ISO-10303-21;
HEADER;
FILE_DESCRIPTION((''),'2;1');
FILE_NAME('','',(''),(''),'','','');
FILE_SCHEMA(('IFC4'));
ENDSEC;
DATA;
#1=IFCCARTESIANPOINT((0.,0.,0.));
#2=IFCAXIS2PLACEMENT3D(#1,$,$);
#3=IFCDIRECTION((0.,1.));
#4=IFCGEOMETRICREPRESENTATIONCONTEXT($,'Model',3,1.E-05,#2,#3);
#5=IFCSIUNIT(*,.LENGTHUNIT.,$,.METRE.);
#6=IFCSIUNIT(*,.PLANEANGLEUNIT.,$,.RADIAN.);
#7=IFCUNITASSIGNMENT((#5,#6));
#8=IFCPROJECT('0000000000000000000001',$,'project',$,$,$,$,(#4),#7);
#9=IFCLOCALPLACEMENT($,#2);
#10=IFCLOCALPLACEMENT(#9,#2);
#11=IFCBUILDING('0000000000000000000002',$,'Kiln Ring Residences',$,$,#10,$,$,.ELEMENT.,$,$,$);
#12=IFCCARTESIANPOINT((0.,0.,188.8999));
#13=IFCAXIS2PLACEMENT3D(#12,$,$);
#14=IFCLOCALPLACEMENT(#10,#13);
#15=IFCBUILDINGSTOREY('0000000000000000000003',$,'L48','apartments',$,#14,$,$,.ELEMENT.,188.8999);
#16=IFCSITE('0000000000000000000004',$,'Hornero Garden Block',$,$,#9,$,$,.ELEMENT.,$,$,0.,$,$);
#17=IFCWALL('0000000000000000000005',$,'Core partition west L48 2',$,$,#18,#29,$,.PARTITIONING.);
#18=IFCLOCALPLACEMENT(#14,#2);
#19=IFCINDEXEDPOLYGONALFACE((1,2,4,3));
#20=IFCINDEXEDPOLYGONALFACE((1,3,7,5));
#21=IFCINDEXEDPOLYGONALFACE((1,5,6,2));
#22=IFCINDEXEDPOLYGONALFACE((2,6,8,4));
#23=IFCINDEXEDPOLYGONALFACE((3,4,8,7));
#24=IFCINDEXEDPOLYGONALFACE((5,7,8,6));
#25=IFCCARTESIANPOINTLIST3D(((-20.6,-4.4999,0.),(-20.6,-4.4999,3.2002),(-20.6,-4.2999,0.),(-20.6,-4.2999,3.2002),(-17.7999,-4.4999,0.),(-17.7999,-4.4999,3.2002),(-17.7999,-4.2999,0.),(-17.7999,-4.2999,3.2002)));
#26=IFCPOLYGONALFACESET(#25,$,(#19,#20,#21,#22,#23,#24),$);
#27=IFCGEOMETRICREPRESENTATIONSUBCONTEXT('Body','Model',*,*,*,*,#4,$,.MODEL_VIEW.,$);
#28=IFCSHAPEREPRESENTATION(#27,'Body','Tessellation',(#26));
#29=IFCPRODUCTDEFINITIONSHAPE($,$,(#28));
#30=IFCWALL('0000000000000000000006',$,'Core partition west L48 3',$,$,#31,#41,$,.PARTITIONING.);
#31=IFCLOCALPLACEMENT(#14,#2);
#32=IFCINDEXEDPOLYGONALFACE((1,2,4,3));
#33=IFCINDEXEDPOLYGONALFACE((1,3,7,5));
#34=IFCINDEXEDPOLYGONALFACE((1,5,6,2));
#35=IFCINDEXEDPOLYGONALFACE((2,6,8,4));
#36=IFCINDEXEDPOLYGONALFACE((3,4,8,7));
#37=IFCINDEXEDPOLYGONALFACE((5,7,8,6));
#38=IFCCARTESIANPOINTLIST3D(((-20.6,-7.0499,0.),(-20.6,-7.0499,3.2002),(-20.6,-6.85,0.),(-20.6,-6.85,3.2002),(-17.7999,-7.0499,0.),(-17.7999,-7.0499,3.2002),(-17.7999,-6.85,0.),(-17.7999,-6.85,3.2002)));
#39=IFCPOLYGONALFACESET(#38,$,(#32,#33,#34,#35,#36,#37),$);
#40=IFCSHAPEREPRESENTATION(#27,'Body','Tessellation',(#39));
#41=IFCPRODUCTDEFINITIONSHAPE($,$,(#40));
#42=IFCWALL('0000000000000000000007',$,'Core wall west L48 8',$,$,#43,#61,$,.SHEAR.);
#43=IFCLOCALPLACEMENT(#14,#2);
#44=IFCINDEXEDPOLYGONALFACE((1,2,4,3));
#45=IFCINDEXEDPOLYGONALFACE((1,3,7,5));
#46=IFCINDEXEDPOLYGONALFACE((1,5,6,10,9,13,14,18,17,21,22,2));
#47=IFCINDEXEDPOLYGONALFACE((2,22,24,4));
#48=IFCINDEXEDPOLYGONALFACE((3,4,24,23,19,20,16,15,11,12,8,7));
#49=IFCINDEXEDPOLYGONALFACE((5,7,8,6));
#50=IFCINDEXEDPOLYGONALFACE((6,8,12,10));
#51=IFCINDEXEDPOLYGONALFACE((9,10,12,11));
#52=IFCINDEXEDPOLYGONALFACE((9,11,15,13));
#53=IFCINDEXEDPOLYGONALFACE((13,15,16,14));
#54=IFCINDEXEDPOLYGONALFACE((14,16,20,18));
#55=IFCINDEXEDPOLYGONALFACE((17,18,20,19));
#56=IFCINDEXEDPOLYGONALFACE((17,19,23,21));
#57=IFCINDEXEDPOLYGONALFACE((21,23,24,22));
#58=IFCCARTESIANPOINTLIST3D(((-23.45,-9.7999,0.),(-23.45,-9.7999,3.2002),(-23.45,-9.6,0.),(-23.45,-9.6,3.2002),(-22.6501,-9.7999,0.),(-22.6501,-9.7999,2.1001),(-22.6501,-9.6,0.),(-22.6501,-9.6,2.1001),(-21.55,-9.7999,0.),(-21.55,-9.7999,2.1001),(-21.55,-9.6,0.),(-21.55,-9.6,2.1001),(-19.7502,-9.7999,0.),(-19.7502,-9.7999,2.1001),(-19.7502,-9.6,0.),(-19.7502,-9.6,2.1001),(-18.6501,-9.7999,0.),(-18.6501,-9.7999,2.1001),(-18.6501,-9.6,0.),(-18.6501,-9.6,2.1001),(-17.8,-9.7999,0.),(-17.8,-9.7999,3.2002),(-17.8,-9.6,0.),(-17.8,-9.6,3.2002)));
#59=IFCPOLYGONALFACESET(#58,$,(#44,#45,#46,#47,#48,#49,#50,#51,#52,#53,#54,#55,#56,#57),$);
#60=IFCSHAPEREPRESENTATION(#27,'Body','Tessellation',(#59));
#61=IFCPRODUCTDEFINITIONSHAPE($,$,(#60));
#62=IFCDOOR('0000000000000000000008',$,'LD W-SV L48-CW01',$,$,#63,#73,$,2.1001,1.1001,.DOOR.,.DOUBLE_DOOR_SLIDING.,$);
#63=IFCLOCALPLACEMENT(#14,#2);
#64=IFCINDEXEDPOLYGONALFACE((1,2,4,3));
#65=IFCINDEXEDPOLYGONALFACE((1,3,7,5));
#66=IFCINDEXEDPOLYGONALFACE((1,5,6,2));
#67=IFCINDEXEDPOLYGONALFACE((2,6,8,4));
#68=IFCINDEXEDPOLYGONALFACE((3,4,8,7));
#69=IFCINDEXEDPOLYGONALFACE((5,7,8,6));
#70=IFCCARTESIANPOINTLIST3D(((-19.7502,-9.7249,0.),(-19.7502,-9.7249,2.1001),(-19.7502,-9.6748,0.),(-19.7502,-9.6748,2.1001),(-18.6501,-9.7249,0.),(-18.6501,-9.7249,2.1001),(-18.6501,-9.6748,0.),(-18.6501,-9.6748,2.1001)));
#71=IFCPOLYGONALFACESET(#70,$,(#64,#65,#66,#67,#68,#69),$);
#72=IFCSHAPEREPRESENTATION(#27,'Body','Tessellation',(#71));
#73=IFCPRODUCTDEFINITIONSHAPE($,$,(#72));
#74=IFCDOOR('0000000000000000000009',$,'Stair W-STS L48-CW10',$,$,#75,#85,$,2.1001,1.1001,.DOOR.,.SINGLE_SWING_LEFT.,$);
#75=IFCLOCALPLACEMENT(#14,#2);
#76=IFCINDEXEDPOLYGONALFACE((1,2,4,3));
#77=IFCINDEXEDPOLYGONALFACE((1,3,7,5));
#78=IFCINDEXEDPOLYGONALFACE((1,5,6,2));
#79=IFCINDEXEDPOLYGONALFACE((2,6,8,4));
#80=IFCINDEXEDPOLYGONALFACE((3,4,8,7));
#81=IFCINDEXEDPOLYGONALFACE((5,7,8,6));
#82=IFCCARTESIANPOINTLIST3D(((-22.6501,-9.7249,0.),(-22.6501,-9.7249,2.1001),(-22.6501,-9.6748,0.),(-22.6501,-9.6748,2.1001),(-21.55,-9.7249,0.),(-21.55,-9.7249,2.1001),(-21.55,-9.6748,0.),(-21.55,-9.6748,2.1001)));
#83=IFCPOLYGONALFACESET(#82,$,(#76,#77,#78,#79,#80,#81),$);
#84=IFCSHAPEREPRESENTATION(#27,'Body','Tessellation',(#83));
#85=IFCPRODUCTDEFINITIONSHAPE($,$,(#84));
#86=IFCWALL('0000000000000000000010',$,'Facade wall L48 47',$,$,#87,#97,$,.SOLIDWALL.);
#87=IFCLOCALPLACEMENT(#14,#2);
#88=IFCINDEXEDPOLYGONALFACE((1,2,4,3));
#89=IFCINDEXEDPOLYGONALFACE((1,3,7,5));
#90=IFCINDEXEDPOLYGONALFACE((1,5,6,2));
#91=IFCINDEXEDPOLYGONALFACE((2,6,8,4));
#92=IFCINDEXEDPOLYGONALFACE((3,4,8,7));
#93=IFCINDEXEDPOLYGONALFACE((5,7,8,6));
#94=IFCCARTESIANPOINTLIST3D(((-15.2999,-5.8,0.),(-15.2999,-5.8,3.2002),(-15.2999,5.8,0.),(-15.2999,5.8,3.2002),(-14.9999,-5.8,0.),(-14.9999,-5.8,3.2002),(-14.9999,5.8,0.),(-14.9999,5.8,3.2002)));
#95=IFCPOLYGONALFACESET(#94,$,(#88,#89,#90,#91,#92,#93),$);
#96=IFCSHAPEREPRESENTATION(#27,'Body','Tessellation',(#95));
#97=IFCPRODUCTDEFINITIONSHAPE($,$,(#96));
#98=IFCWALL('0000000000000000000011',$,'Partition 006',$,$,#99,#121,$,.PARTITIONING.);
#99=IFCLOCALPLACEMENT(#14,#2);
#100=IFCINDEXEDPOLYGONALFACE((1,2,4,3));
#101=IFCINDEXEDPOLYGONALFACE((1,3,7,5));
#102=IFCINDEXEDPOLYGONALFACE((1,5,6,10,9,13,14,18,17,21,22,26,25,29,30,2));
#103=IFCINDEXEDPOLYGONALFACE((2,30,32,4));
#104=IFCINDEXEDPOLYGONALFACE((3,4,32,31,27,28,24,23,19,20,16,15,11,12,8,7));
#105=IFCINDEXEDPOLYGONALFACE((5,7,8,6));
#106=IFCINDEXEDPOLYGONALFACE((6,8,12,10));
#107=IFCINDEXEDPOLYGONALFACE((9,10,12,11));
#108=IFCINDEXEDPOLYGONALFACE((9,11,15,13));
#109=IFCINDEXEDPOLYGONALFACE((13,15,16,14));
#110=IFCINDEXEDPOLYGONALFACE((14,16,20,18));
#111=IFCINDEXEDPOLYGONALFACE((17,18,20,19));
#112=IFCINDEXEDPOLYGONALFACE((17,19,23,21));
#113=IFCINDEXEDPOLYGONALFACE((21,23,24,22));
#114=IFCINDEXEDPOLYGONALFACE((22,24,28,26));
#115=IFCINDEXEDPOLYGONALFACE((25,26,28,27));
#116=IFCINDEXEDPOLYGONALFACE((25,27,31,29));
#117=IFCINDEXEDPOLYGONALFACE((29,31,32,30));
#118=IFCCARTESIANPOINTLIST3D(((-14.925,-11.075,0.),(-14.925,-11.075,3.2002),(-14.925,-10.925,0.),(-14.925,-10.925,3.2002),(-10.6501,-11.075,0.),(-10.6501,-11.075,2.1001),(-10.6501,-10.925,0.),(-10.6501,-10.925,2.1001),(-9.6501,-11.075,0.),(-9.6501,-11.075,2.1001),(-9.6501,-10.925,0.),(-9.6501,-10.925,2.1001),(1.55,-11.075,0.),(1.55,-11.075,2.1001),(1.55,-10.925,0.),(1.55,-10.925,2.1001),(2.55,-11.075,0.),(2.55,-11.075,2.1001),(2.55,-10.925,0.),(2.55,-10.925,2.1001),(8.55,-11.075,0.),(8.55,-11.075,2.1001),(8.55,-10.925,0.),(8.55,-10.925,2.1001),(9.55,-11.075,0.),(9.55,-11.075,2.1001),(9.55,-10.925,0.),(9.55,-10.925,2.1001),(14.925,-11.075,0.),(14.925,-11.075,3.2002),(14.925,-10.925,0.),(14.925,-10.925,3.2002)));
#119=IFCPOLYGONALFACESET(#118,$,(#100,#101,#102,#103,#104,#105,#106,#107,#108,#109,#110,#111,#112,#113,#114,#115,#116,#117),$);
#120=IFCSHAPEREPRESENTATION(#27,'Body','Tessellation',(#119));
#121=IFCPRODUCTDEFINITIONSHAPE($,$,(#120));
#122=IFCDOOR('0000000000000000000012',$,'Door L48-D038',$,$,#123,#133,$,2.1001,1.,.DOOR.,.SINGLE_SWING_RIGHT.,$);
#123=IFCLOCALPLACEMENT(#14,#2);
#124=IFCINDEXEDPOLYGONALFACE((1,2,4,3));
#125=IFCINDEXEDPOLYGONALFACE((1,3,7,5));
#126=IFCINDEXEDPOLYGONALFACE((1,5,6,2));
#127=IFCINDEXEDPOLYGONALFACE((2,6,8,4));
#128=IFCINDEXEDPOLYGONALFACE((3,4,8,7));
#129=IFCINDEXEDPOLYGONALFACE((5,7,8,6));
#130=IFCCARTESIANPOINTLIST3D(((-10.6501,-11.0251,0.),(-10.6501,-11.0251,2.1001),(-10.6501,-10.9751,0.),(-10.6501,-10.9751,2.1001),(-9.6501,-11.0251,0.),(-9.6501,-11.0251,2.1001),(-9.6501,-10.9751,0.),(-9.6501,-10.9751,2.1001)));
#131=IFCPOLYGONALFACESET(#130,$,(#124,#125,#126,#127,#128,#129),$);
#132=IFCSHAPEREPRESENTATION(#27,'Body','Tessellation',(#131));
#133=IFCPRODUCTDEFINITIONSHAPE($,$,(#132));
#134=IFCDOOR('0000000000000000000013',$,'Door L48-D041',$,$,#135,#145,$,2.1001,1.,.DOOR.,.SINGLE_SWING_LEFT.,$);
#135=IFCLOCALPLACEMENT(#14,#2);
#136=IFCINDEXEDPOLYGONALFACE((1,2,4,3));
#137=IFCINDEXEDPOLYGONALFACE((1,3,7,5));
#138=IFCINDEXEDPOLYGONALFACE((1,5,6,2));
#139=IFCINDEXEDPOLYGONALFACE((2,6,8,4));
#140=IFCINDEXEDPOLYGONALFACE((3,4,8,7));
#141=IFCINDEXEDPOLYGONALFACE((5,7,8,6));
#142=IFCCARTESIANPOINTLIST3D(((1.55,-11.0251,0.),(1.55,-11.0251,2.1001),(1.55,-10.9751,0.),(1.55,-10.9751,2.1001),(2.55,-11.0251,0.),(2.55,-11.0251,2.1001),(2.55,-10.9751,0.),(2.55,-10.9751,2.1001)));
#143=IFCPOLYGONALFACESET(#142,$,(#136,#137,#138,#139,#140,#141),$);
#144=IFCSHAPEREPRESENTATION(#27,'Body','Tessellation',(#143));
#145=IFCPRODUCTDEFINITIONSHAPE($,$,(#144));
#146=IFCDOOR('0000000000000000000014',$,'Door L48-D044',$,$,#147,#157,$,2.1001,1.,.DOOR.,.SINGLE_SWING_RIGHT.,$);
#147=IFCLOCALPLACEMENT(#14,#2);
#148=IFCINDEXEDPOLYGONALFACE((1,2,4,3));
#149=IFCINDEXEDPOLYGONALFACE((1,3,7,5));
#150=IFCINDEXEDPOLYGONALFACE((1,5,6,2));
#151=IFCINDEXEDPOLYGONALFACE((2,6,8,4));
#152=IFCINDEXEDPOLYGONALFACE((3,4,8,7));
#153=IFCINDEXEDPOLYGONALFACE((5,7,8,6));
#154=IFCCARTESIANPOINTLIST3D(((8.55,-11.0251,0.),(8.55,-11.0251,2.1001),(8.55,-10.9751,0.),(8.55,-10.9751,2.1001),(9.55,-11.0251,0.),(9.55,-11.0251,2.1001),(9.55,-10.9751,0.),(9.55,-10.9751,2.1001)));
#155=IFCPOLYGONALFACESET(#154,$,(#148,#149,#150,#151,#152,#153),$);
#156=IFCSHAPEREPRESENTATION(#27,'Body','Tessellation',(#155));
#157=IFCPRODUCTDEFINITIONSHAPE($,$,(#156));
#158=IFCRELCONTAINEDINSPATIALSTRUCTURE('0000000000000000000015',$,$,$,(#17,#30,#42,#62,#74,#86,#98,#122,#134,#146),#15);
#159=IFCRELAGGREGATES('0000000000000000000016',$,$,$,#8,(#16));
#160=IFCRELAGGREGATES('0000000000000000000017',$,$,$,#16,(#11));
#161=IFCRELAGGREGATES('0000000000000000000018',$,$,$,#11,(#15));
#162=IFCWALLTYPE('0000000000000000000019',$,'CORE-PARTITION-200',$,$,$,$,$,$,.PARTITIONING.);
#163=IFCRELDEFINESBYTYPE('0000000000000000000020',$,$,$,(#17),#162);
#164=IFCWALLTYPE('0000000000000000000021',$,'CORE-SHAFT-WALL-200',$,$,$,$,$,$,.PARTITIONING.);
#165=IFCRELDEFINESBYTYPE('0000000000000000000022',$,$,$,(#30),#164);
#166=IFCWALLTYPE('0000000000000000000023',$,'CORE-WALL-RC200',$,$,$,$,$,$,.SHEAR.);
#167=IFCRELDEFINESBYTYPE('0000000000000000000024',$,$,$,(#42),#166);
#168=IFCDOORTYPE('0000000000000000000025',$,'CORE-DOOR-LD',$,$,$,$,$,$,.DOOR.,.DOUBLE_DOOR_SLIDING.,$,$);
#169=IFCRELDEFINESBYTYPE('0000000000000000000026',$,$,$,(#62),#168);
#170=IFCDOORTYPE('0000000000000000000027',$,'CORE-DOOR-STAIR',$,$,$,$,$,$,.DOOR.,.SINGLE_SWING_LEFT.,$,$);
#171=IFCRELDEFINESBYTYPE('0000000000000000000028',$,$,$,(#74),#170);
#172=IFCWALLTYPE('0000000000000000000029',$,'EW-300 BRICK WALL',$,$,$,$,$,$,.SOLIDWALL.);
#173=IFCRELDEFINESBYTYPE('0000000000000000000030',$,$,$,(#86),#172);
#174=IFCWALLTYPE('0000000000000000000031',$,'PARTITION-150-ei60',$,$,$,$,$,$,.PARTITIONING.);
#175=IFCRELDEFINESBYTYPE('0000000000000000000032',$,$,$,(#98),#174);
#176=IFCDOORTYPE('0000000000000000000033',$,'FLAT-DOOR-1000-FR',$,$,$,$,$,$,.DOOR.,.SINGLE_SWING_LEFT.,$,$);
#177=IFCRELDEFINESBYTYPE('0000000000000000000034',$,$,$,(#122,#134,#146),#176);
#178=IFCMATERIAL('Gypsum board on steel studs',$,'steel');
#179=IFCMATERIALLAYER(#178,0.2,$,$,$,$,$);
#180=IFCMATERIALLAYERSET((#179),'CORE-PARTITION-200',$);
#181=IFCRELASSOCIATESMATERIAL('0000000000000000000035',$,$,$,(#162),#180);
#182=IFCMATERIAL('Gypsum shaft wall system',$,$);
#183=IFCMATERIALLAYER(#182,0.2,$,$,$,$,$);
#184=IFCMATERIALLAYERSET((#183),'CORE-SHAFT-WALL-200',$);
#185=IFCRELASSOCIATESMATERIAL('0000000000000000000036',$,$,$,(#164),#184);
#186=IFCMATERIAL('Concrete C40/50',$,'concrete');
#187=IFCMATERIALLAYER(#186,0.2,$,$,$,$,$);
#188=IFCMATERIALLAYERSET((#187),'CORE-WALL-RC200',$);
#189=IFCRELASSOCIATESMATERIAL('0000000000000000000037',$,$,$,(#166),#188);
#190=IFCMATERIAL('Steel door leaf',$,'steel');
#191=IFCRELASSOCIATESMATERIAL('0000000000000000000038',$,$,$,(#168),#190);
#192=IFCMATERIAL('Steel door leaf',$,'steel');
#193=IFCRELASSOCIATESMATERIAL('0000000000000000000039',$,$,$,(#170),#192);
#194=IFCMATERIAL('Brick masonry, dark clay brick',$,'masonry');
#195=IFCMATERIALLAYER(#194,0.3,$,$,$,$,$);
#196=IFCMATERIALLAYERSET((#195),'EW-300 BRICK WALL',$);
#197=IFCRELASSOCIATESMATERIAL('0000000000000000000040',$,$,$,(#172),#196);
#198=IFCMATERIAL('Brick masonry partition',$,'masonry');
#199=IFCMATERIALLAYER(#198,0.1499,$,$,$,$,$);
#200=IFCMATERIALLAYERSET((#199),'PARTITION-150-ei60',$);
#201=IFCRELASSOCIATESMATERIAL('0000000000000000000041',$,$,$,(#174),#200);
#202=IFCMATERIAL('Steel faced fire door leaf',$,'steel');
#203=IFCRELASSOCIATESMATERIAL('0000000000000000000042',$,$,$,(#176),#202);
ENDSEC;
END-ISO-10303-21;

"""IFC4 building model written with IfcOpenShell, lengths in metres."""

from ifc_helpers import new_model, si_unit, direction, frame, frame_2d, origin, place, context, subcontext, project, spatial, rectangle, extrude, material, layer, layer_set, type_object, element, fill, save


model = new_model("IFC4")

# Units and contexts
model_context = context("Model", 3, precision=1e-05, world=origin(), true_north=direction((0.0, 1.0)))
body_context = subcontext(model_context, "Body", "Model", "MODEL_VIEW")
ifc_project = project(units=[si_unit("LENGTHUNIT", "METRE"), si_unit("PLANEANGLEUNIT", "RADIAN")], contexts=[model_context])

# Site, building, storey
site_placement = place(None, origin())
site = spatial("IfcSite", under=ifc_project, at=site_placement, Name="Hornero Garden Block", CompositionType="ELEMENT", RefElevation=0.0)
building_placement = place(site_placement, origin())
building = spatial("IfcBuilding", under=site, at=building_placement, Name="Kiln Ring Residences", CompositionType="ELEMENT")
storey_placement = place(building_placement, frame((0.0, 0.0, 188.8999)))
storey = spatial("IfcBuildingStorey", under=building, at=storey_placement, Name="L48", Description="apartments", CompositionType="ELEMENT", Elevation=188.8999)

# Walls
ifc_material_1 = material(Name="Gypsum board on steel studs", Category="steel")
ifc_layer_1 = layer(ifc_material_1, 0.2)
ifc_layer_set_1 = layer_set([ifc_layer_1], Name="CORE-PARTITION-200")
wall_type_1 = type_object("IfcWallType", Name="CORE-PARTITION-200", PredefinedType="PARTITIONING", material=ifc_layer_set_1)
wall_1_placement = place(storey_placement, frame((-17.8, -4.3999, 0.0), z_axis=(0.0, 0.0, 1.0), x_axis=(-1.0, 0.0, 0.0)))
element("IfcWall", 1, at=wall_1_placement, inside=storey, type_object=wall_type_1, Name="Core partition west L48 2", PredefinedType="PARTITIONING", context=body_context, shape_type="SweptSolid", body=[
    extrude(rectangle(XDim=2.8, YDim=0.2, at=frame_2d((1.3999, 0.0))), origin(), (0.0, 0.0, 1.0), 3.2002),
])
ifc_material_2 = material(Name="Gypsum shaft wall system")
ifc_layer_2 = layer(ifc_material_2, 0.2)
ifc_layer_set_2 = layer_set([ifc_layer_2], Name="CORE-SHAFT-WALL-200")
wall_type_2 = type_object("IfcWallType", Name="CORE-SHAFT-WALL-200", PredefinedType="PARTITIONING", material=ifc_layer_set_2)
wall_2_placement = place(storey_placement, frame((-17.8, -6.95, 0.0), z_axis=(0.0, 0.0, 1.0), x_axis=(-1.0, 0.0, 0.0)))
element("IfcWall", 2, at=wall_2_placement, inside=storey, type_object=wall_type_2, Name="Core partition west L48 3", PredefinedType="PARTITIONING", context=body_context, shape_type="SweptSolid", body=[
    extrude(rectangle(XDim=2.8, YDim=0.2, at=frame_2d((1.3999, 0.0))), origin(), (0.0, 0.0, 1.0), 3.2002),
])

# Wall, openings, doors
ifc_material_3 = material(Name="Concrete C40/50", Category="concrete")
ifc_layer_3 = layer(ifc_material_3, 0.2)
ifc_layer_set_3 = layer_set([ifc_layer_3], Name="CORE-WALL-RC200")
wall_type_3 = type_object("IfcWallType", Name="CORE-WALL-RC200", PredefinedType="SHEAR", material=ifc_layer_set_3)
wall_3_placement = place(storey_placement, frame((-17.8, -9.7, 0.0), z_axis=(0.0, 0.0, 1.0), x_axis=(-1.0, 0.0, 0.0)))
wall_3 = element("IfcWall", 3, at=wall_3_placement, inside=storey, type_object=wall_type_3, Name="Core wall west L48 8", PredefinedType="SHEAR", context=body_context, shape_type="SweptSolid", body=[
    extrude(rectangle(XDim=5.6499, YDim=0.2, at=frame_2d((2.825, 0.0))), origin(), (0.0, 0.0, 1.0), 3.2002),
])
opening_1_placement = place(wall_3_placement, frame((0.8501, 0.0, 0.0)))
opening_1 = element("IfcOpeningElement", 4, at=opening_1_placement, cuts=wall_3, PredefinedType="OPENING", context=body_context, shape_type="SweptSolid", body=[
    extrude(rectangle(XDim=1.1001, YDim=2.1001, at=frame_2d((0.55, 1.05))), frame((0.0, 0.1099, 0.0), z_axis=(0.0, -1.0, 0.0), x_axis=(1.0, 0.0, 0.0)), (0.0, 0.0, 1.0), 0.22),
])
opening_2_placement = place(wall_3_placement, frame((3.75, 0.0, 0.0)))
opening_2 = element("IfcOpeningElement", 5, at=opening_2_placement, cuts=wall_3, PredefinedType="OPENING", context=body_context, shape_type="SweptSolid", body=[
    extrude(rectangle(XDim=1.1001, YDim=2.1001, at=frame_2d((0.55, 1.05))), frame((0.0, 0.1099, 0.0), z_axis=(0.0, -1.0, 0.0), x_axis=(1.0, 0.0, 0.0)), (0.0, 0.0, 1.0), 0.22),
])
ifc_material_4 = material(Name="Steel door leaf", Category="steel")
door_type_1 = type_object("IfcDoorType", Name="CORE-DOOR-LD", OperationType="DOUBLE_DOOR_SLIDING", PredefinedType="DOOR", material=ifc_material_4)
door_1_placement = place(opening_1_placement, origin())
door_1 = element("IfcDoor", 6, at=door_1_placement, inside=storey, type_object=door_type_1, Name="LD W-SV L48-CW01", OperationType="DOUBLE_DOOR_SLIDING", OverallHeight=2.1001, OverallWidth=1.1001, PredefinedType="DOOR", context=body_context, shape_type="SweptSolid", body=[
    extrude(rectangle(XDim=1.1001, YDim=2.1001, at=frame_2d((0.55, 1.05))), frame((0.0, 0.0249, 0.0), z_axis=(0.0, -1.0, 0.0), x_axis=(1.0, 0.0, 0.0)), (0.0, 0.0, 1.0), 0.05),
])
fill(opening_1, door_1)
ifc_material_5 = material(Name="Steel door leaf", Category="steel")
door_type_2 = type_object("IfcDoorType", Name="CORE-DOOR-STAIR", OperationType="SINGLE_SWING_LEFT", PredefinedType="DOOR", material=ifc_material_5)
door_2_placement = place(opening_2_placement, origin())
door_2 = element("IfcDoor", 7, at=door_2_placement, inside=storey, type_object=door_type_2, Name="Stair W-STS L48-CW10", OperationType="SINGLE_SWING_LEFT", OverallHeight=2.1001, OverallWidth=1.1001, PredefinedType="DOOR", context=body_context, shape_type="SweptSolid", body=[
    extrude(rectangle(XDim=1.1001, YDim=2.1001, at=frame_2d((0.55, 1.05))), frame((0.0, 0.0249, 0.0), z_axis=(0.0, -1.0, 0.0), x_axis=(1.0, 0.0, 0.0)), (0.0, 0.0, 1.0), 0.05),
])
fill(opening_2, door_2)

# Wall
ifc_material_6 = material(Name="Brick masonry, dark clay brick", Category="masonry")
ifc_layer_4 = layer(ifc_material_6, 0.3)
ifc_layer_set_4 = layer_set([ifc_layer_4], Name="EW-300 BRICK WALL")
wall_type_4 = type_object("IfcWallType", Name="EW-300 BRICK WALL", PredefinedType="SOLIDWALL", material=ifc_layer_set_4)
wall_4_placement = place(storey_placement, frame((-15.1499, -5.8, 0.0), z_axis=(0.0, 0.0, 1.0), x_axis=(0.0, 1.0, 0.0)))
element("IfcWall", 8, at=wall_4_placement, inside=storey, type_object=wall_type_4, Name="Facade wall L48 47", PredefinedType="SOLIDWALL", context=body_context, shape_type="SweptSolid", body=[
    extrude(rectangle(XDim=11.6001, YDim=0.3, at=frame_2d((5.8, 0.0))), origin(), (0.0, 0.0, 1.0), 3.2002),
])

# Wall, openings, doors
ifc_material_7 = material(Name="Brick masonry partition", Category="masonry")
ifc_layer_5 = layer(ifc_material_7, 0.1499)
ifc_layer_set_5 = layer_set([ifc_layer_5], Name="PARTITION-150-ei60")
wall_type_5 = type_object("IfcWallType", Name="PARTITION-150-ei60", PredefinedType="PARTITIONING", material=ifc_layer_set_5)
wall_5_placement = place(storey_placement, frame((-14.925, -11.0, 0.0), z_axis=(0.0, 0.0, 1.0), x_axis=(1.0, 0.0, 0.0)))
wall_5 = element("IfcWall", 9, at=wall_5_placement, inside=storey, type_object=wall_type_5, Name="Partition 006", PredefinedType="PARTITIONING", context=body_context, shape_type="SweptSolid", body=[
    extrude(rectangle(XDim=29.8501, YDim=0.1499, at=frame_2d((14.925, 0.0))), origin(), (0.0, 0.0, 1.0), 3.2002),
])
opening_3_placement = place(wall_5_placement, frame((4.2749, 0.0, 0.0)))
opening_3 = element("IfcOpeningElement", 10, at=opening_3_placement, cuts=wall_5, PredefinedType="OPENING", context=body_context, shape_type="SweptSolid", body=[
    extrude(rectangle(XDim=1.0, YDim=2.1001, at=frame_2d((0.5, 1.05))), frame((0.0, 0.085, 0.0), z_axis=(0.0, -1.0, 0.0), x_axis=(1.0, 0.0, 0.0)), (0.0, 0.0, 1.0), 0.1699),
])
opening_4_placement = place(wall_5_placement, frame((16.4751, 0.0, 0.0)))
opening_4 = element("IfcOpeningElement", 11, at=opening_4_placement, cuts=wall_5, PredefinedType="OPENING", context=body_context, shape_type="SweptSolid", body=[
    extrude(rectangle(XDim=1.0, YDim=2.1001, at=frame_2d((0.5, 1.05))), frame((0.0, 0.085, 0.0), z_axis=(0.0, -1.0, 0.0), x_axis=(1.0, 0.0, 0.0)), (0.0, 0.0, 1.0), 0.1699),
])
opening_5_placement = place(wall_5_placement, frame((23.4751, 0.0, 0.0)))
opening_5 = element("IfcOpeningElement", 12, at=opening_5_placement, cuts=wall_5, PredefinedType="OPENING", context=body_context, shape_type="SweptSolid", body=[
    extrude(rectangle(XDim=1.0, YDim=2.1001, at=frame_2d((0.5, 1.05))), frame((0.0, 0.085, 0.0), z_axis=(0.0, -1.0, 0.0), x_axis=(1.0, 0.0, 0.0)), (0.0, 0.0, 1.0), 0.1699),
])
ifc_material_8 = material(Name="Steel faced fire door leaf", Category="steel")
door_type_3 = type_object("IfcDoorType", Name="FLAT-DOOR-1000-FR", OperationType="SINGLE_SWING_LEFT", PredefinedType="DOOR", material=ifc_material_8)
door_3_placement = place(opening_3_placement, origin())
door_3 = element("IfcDoor", 13, at=door_3_placement, inside=storey, type_object=door_type_3, Name="Door L48-D038", OperationType="SINGLE_SWING_RIGHT", OverallHeight=2.1001, OverallWidth=1.0, PredefinedType="DOOR", context=body_context, shape_type="SweptSolid", body=[
    extrude(rectangle(XDim=1.0, YDim=2.1001, at=frame_2d((0.5, 1.05))), frame((0.0, 0.0249, 0.0), z_axis=(0.0, -1.0, 0.0), x_axis=(1.0, 0.0, 0.0)), (0.0, 0.0, 1.0), 0.05),
])
fill(opening_3, door_3)
door_4_placement = place(opening_4_placement, origin())
door_4 = element("IfcDoor", 14, at=door_4_placement, inside=storey, type_object=door_type_3, Name="Door L48-D041", OperationType="SINGLE_SWING_LEFT", OverallHeight=2.1001, OverallWidth=1.0, PredefinedType="DOOR", context=body_context, shape_type="SweptSolid", body=[
    extrude(rectangle(XDim=1.0, YDim=2.1001, at=frame_2d((0.5, 1.05))), frame((0.0, 0.0249, 0.0), z_axis=(0.0, -1.0, 0.0), x_axis=(1.0, 0.0, 0.0)), (0.0, 0.0, 1.0), 0.05),
])
fill(opening_4, door_4)
door_5_placement = place(opening_5_placement, origin())
door_5 = element("IfcDoor", 15, at=door_5_placement, inside=storey, type_object=door_type_3, Name="Door L48-D044", OperationType="SINGLE_SWING_RIGHT", OverallHeight=2.1001, OverallWidth=1.0, PredefinedType="DOOR", context=body_context, shape_type="SweptSolid", body=[
    extrude(rectangle(XDim=1.0, YDim=2.1001, at=frame_2d((0.5, 1.05))), frame((0.0, 0.0249, 0.0), z_axis=(0.0, -1.0, 0.0), x_axis=(1.0, 0.0, 0.0)), (0.0, 0.0, 1.0), 0.05),
])
fill(opening_5, door_5)

save(model, "model.ifc")
